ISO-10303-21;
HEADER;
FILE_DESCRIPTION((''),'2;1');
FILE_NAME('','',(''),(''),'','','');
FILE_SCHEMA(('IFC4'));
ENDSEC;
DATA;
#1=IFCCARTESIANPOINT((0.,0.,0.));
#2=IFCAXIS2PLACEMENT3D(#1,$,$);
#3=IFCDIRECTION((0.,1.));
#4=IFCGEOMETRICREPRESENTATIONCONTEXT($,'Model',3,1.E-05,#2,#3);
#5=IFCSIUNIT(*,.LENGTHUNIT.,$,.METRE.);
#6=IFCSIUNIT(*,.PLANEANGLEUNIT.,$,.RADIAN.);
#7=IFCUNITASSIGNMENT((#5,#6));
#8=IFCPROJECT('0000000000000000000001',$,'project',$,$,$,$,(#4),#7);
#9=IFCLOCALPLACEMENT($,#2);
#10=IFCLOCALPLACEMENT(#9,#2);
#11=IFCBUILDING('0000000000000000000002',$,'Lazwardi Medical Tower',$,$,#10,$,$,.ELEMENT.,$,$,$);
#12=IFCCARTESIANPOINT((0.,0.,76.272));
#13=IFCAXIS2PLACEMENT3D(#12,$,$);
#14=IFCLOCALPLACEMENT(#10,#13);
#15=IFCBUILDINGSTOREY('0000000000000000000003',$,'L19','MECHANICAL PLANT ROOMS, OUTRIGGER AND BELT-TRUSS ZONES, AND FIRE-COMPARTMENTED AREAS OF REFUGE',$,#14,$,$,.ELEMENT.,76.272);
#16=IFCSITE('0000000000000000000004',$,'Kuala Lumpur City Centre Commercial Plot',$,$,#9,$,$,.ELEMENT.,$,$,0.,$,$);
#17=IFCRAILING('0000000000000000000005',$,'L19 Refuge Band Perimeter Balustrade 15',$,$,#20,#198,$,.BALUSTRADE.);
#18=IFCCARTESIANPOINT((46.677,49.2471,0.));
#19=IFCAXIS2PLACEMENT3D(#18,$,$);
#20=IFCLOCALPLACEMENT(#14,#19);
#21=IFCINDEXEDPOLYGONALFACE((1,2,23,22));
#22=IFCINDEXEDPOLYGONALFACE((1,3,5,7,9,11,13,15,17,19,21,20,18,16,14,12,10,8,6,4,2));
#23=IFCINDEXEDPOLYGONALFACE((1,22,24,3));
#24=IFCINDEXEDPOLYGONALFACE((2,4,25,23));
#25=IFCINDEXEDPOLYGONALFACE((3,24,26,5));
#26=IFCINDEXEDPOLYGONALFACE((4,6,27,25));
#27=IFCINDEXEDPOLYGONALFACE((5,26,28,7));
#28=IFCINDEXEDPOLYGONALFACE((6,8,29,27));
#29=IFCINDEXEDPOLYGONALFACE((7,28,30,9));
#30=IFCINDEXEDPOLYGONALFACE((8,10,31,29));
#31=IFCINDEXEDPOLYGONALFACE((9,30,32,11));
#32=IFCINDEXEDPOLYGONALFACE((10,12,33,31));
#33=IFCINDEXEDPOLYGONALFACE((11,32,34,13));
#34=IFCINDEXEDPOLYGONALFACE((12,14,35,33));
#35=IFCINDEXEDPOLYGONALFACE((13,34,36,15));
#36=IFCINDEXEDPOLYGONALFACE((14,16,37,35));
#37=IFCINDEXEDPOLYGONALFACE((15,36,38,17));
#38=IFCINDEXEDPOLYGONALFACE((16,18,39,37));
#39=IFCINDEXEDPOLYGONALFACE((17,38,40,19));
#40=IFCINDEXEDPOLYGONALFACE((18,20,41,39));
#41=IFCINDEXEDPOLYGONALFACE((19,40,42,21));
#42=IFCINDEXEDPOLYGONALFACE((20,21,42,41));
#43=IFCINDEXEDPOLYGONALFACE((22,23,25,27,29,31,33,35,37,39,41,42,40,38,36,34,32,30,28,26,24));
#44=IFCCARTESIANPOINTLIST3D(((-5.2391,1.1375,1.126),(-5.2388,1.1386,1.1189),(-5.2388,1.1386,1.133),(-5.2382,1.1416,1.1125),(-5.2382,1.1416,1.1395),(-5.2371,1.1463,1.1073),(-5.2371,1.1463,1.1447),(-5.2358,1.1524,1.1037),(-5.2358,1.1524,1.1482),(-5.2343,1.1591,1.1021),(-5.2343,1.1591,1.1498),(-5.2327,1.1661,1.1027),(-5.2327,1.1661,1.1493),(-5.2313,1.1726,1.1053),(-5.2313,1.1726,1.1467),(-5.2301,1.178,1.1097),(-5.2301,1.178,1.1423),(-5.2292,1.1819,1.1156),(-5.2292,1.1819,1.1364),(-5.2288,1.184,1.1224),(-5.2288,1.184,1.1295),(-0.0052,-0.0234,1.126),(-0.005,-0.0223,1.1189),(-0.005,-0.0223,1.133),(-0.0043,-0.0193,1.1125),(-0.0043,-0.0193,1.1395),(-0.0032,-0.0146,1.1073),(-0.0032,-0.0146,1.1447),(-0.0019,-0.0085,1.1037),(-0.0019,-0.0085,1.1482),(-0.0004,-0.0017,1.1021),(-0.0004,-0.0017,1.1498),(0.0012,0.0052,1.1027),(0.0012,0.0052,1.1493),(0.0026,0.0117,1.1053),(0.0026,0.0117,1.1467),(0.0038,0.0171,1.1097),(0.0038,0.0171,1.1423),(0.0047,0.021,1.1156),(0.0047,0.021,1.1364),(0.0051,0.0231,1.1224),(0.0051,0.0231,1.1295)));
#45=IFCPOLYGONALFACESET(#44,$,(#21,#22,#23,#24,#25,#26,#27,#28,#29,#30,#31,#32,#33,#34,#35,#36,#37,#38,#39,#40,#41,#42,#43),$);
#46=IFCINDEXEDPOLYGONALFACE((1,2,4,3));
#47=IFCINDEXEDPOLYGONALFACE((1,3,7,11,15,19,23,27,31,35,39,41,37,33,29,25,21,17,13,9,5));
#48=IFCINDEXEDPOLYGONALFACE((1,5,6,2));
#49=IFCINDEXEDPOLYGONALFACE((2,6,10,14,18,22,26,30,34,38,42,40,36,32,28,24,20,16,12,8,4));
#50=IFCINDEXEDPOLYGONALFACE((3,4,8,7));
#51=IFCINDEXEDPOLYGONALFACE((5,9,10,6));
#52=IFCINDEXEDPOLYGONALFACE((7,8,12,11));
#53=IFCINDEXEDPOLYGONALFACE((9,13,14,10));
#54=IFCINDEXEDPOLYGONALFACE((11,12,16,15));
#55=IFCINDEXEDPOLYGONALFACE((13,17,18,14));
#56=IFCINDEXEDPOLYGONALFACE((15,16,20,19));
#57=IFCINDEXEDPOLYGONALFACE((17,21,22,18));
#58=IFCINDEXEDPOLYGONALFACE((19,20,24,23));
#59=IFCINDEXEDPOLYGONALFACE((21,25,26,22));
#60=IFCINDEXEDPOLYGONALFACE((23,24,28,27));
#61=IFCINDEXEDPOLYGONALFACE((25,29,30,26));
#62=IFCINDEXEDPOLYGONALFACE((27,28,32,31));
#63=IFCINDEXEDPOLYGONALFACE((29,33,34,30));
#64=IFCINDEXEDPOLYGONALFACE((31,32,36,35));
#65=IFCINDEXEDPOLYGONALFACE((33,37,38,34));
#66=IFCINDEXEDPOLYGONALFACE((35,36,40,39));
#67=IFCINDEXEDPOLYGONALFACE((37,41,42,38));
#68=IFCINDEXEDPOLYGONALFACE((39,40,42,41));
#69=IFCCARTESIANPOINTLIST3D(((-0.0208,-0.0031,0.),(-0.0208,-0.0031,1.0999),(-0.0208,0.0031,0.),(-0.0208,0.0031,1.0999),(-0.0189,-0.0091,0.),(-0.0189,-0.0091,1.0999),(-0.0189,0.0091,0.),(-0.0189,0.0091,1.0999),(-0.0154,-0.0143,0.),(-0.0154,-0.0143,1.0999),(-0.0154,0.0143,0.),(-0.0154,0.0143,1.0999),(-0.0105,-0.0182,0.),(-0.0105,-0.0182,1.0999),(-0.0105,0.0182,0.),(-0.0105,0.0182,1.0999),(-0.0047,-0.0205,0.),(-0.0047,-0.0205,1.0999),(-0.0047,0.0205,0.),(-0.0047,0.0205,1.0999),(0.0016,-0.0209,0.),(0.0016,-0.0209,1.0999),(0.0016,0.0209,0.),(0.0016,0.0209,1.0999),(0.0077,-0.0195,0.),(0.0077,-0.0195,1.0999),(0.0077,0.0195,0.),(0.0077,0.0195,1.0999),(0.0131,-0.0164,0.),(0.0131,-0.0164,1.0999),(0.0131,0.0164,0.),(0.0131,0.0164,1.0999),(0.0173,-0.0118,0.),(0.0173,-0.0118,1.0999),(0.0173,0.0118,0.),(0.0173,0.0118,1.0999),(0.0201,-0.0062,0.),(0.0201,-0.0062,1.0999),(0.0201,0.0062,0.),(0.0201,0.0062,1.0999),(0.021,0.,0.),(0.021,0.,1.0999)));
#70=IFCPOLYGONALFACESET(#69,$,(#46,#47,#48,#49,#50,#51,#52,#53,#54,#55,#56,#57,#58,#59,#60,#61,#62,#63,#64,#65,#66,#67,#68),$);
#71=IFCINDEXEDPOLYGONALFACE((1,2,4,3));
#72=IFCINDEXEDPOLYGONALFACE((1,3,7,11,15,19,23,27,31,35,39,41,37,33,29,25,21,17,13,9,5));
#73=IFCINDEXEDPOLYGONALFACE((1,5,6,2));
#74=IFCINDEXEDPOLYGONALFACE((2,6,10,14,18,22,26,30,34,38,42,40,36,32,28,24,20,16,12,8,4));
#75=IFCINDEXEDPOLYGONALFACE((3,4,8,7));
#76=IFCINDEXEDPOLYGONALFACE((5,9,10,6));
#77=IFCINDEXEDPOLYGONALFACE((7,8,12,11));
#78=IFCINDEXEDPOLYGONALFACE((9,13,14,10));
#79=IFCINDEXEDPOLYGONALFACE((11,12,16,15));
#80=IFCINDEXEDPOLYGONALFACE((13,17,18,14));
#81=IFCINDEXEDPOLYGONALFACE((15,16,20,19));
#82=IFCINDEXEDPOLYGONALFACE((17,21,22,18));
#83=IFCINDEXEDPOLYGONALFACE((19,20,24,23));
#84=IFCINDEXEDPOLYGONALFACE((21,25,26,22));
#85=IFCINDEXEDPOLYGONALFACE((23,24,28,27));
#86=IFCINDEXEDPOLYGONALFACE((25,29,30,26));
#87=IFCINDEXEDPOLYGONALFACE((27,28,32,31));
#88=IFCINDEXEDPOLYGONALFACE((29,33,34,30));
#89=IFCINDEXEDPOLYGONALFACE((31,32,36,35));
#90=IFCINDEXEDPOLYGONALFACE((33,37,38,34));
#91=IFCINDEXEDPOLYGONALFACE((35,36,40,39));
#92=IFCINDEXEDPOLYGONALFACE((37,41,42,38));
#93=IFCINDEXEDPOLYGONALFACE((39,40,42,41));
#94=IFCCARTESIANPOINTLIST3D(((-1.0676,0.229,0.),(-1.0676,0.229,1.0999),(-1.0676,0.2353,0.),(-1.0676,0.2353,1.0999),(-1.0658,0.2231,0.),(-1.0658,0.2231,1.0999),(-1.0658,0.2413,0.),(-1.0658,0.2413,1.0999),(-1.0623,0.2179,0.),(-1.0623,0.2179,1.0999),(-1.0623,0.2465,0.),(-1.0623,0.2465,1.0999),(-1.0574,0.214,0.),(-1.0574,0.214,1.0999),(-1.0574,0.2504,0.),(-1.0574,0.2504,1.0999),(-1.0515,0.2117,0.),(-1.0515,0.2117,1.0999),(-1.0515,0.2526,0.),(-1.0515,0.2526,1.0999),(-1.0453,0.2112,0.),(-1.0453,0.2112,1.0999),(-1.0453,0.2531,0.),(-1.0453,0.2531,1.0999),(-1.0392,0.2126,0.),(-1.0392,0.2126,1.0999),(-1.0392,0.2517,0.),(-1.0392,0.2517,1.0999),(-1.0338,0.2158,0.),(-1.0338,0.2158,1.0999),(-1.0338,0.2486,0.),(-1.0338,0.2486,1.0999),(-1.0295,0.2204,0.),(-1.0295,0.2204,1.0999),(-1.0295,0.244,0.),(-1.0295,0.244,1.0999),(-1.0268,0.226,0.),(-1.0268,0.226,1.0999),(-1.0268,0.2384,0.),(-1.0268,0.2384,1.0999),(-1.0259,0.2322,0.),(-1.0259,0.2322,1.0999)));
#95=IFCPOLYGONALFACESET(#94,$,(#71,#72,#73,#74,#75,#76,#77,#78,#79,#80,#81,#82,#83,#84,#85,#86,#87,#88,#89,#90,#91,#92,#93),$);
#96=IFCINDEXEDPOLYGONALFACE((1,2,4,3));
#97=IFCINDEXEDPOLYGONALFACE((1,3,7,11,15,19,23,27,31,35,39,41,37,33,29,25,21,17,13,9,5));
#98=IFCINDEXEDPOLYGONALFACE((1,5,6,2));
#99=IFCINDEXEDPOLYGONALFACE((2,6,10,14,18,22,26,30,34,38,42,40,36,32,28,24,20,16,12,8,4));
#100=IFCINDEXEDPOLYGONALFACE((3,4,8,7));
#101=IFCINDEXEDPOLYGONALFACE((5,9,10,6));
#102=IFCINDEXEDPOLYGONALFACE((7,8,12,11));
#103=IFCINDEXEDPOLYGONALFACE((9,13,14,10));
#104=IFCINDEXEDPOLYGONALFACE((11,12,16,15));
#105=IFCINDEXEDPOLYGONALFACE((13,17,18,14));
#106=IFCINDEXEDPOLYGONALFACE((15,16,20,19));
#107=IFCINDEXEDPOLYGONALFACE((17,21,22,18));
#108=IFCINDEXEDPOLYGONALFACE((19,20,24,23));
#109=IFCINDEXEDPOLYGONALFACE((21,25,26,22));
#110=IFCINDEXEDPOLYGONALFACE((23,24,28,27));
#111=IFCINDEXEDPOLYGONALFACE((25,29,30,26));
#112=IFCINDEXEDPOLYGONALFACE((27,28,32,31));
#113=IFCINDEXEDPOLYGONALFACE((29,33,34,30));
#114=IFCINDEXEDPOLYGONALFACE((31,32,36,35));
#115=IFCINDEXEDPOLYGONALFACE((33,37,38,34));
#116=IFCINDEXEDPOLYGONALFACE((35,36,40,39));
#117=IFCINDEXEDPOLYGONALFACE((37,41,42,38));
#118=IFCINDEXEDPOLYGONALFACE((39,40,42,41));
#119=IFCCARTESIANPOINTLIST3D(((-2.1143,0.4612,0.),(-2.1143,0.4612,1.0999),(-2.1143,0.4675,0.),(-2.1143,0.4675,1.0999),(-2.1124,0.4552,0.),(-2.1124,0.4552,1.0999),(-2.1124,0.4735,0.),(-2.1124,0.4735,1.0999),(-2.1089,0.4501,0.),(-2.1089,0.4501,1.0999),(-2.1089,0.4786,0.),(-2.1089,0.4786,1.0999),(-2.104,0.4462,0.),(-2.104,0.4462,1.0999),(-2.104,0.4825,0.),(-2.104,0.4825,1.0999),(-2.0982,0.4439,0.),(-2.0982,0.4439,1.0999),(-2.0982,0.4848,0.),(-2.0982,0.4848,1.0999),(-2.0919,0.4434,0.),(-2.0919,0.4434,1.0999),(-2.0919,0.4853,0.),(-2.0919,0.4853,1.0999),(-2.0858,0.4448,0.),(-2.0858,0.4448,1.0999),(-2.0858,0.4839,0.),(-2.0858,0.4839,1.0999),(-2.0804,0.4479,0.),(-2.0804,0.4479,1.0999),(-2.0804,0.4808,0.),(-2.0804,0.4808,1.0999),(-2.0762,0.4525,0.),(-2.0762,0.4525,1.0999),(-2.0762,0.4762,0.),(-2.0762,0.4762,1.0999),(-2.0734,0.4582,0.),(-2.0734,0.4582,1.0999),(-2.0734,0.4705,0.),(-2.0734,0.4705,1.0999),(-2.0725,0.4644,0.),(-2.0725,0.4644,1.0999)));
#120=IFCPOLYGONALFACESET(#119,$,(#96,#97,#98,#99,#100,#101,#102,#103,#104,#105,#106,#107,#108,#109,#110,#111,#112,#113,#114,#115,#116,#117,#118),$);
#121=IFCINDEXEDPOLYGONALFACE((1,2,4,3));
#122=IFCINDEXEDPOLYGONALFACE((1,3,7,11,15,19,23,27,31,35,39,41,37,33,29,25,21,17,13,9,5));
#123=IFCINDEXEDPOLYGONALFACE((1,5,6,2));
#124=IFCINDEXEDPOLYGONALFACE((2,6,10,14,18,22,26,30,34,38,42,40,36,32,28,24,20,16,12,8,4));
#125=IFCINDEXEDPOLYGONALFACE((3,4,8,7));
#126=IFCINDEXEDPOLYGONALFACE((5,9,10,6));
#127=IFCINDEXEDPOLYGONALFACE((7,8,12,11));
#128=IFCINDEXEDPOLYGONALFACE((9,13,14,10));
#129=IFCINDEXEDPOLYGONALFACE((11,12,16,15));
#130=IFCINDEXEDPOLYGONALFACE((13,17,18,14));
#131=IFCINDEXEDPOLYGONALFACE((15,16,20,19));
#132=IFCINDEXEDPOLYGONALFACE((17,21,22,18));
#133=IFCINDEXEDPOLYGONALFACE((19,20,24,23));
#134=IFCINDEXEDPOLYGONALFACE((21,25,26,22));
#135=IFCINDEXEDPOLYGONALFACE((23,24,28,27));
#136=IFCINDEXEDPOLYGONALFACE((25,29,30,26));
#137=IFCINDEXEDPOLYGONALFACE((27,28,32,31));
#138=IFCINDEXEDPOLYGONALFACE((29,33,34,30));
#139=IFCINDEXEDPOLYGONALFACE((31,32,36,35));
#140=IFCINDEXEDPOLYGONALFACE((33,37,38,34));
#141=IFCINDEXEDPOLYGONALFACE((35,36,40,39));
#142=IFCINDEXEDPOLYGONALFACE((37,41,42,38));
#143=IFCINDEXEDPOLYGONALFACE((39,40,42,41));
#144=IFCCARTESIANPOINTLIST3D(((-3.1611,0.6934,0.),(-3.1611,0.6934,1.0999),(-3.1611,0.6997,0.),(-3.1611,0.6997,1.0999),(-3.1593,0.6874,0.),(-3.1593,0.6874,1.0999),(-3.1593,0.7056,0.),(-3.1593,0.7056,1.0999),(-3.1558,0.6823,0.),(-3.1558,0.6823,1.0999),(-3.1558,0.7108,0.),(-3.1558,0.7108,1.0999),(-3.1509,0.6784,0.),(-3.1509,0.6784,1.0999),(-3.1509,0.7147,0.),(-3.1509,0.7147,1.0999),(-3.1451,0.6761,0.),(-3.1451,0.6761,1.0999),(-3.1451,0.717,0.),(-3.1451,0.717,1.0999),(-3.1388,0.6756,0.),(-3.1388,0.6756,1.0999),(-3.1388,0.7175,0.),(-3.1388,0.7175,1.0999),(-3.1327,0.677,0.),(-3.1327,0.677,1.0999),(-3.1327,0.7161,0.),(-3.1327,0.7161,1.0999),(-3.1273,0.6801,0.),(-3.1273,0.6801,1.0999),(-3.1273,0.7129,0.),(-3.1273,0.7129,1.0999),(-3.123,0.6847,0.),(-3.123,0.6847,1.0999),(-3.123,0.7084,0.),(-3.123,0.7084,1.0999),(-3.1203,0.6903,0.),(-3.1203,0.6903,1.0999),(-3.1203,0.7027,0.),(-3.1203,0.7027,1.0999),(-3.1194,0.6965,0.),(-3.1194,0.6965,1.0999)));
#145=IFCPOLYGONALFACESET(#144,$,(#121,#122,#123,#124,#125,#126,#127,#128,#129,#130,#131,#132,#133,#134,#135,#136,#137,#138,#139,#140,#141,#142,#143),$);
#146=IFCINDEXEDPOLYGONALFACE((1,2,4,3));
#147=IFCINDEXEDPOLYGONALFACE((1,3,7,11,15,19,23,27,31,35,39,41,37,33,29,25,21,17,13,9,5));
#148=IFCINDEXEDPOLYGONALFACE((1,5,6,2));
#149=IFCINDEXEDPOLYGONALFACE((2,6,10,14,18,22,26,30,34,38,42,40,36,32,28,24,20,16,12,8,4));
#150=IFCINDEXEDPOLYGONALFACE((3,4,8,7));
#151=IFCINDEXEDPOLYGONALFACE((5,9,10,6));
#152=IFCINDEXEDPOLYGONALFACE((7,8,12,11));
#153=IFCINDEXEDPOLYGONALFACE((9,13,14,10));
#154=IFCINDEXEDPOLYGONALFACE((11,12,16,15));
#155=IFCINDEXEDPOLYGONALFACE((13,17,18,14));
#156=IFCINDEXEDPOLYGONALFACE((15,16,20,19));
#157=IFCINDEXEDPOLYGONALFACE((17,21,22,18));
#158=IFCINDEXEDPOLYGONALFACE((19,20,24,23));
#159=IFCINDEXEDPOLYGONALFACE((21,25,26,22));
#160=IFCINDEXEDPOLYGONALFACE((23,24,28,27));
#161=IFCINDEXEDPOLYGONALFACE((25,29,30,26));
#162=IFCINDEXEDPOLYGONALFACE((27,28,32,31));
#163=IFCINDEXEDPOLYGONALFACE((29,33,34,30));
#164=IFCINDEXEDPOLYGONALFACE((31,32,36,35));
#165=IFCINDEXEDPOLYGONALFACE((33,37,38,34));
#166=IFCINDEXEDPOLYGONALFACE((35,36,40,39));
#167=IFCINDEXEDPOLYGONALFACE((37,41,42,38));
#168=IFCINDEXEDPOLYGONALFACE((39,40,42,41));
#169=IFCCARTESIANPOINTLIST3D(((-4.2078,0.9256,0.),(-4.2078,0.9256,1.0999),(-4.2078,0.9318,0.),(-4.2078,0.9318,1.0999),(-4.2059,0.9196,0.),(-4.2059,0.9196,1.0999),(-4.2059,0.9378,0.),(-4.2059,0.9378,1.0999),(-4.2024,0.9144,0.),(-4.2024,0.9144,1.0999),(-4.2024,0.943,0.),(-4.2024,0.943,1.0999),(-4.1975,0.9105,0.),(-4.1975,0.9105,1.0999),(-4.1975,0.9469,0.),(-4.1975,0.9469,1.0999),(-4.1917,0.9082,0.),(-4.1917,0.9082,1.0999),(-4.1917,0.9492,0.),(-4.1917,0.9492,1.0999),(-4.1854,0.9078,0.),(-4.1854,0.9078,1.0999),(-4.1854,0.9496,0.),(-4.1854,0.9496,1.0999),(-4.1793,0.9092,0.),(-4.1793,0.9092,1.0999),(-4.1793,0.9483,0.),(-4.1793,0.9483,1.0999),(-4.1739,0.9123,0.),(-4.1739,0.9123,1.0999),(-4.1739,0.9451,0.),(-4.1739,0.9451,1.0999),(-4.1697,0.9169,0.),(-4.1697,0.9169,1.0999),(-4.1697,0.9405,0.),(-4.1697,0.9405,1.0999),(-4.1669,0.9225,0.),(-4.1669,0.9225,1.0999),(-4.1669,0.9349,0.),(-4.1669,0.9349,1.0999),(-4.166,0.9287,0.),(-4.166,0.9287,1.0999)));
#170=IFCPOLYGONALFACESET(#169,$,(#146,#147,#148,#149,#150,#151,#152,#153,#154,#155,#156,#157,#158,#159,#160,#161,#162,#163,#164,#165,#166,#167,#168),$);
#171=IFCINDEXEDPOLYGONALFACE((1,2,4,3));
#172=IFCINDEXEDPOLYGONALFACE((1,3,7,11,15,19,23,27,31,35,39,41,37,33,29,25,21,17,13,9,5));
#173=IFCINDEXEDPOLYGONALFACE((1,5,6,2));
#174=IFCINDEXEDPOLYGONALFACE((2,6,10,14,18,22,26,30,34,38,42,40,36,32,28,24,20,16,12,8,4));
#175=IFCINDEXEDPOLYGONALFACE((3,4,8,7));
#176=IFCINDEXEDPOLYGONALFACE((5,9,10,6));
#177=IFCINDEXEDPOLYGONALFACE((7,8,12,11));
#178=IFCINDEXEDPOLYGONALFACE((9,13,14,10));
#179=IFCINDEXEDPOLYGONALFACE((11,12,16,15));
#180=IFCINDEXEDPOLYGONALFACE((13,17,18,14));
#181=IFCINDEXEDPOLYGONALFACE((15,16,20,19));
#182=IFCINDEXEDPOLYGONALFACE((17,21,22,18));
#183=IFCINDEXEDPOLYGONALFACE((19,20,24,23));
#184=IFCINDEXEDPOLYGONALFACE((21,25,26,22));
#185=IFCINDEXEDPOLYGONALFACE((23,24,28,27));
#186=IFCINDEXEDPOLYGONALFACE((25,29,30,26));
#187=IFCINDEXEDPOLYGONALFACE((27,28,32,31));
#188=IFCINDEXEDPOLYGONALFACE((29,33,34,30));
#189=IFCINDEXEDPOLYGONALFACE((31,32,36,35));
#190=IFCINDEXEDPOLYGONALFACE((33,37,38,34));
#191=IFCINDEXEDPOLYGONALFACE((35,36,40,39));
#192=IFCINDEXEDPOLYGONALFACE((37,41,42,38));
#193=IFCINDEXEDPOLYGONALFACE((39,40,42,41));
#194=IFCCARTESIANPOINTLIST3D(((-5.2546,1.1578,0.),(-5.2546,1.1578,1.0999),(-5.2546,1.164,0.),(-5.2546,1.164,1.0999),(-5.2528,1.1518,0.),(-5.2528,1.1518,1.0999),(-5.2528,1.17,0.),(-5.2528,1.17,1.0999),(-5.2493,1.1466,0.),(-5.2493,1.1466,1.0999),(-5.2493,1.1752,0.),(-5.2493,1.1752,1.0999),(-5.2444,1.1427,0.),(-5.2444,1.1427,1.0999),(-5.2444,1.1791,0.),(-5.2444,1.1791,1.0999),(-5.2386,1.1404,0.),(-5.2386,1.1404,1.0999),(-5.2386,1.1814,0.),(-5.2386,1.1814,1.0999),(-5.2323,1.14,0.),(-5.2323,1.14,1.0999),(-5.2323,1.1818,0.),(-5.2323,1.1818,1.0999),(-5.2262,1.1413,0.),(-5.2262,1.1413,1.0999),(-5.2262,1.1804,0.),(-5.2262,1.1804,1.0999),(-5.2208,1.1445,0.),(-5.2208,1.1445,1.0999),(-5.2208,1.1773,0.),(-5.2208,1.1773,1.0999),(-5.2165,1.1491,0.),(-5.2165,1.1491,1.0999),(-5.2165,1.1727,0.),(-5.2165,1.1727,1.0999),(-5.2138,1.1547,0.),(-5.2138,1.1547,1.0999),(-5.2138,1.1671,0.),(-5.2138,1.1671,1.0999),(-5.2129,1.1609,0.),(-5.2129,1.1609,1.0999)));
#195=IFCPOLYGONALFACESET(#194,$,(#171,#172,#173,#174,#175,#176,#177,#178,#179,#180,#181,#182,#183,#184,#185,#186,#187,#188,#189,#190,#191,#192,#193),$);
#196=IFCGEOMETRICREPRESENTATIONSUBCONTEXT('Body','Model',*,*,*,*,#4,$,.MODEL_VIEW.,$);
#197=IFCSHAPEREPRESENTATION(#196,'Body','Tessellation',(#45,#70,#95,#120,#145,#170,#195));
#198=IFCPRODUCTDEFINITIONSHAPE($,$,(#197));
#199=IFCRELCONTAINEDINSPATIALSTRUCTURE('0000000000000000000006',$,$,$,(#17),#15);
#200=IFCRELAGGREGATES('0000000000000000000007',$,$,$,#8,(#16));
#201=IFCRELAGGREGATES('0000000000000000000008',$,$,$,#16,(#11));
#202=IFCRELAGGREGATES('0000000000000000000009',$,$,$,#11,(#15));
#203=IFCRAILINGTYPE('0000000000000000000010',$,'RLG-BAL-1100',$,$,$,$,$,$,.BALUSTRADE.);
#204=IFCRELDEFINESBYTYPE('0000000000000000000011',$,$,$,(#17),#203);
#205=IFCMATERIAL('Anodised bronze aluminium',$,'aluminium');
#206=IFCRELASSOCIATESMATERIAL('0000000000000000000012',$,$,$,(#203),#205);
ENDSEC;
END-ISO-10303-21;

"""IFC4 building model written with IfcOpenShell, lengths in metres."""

from ifc_helpers import new_model, si_unit, direction, frame, origin, origin_2d, place, context, subcontext, project, spatial, circle, extrude, material, type_object, element, save


model = new_model("IFC4")

# Units and contexts
model_context = context("Model", 3, precision=1e-05, world=origin(), true_north=direction((0.0, 1.0)))
body_context = subcontext(model_context, "Body", "Model", "MODEL_VIEW")
ifc_project = project(units=[si_unit("LENGTHUNIT", "METRE"), si_unit("PLANEANGLEUNIT", "RADIAN")], contexts=[model_context])

# Site, building, storey
site_placement = place(None, origin())
site = spatial("IfcSite", under=ifc_project, at=site_placement, Name="Kuala Lumpur City Centre Commercial Plot", CompositionType="ELEMENT", RefElevation=0.0)
building_placement = place(site_placement, origin())
building = spatial("IfcBuilding", under=site, at=building_placement, Name="Lazwardi Medical Tower", CompositionType="ELEMENT")
storey_placement = place(building_placement, frame((0.0, 0.0, 76.272)))
storey = spatial("IfcBuildingStorey", under=building, at=storey_placement, Name="L19", Description="MECHANICAL PLANT ROOMS, OUTRIGGER AND BELT-TRUSS ZONES, AND FIRE-COMPARTMENTED AREAS OF REFUGE", CompositionType="ELEMENT", Elevation=76.272)

# Railing
ifc_material_1 = material(Name="Anodised bronze aluminium", Category="aluminium")
railing_type = type_object("IfcRailingType", Name="RLG-BAL-1100", PredefinedType="BALUSTRADE", material=ifc_material_1)
railing_1_placement = place(storey_placement, frame((46.677, 49.2471, 0.0)))
element("IfcRailing", 1, at=railing_1_placement, inside=storey, type_object=railing_type, Name="L19 Refuge Band Perimeter Balustrade 15", PredefinedType="BALUSTRADE", context=body_context, shape_type="SweptSolid", body=[
    extrude(circle(Radius=0.0239, at=origin_2d()), frame((0.0, 0.0, 1.126), z_axis=(-0.976274, 0.21654, 0.0), x_axis=(-0.21654, -0.976274, 0.0)), (0.0, 0.0, 1.0), 5.3611),
    extrude(circle(Radius=0.021, at=origin_2d()), origin(), (0.0, 0.0, 1.0), 1.0999),
    extrude(circle(Radius=0.021, at=origin_2d()), frame((-1.0469, 0.2322, 0.0)), (0.0, 0.0, 1.0), 1.0999),
    extrude(circle(Radius=0.021, at=origin_2d()), frame((-2.0935, 0.4644, 0.0)), (0.0, 0.0, 1.0), 1.0999),
    extrude(circle(Radius=0.021, at=origin_2d()), frame((-3.1404, 0.6965, 0.0)), (0.0, 0.0, 1.0), 1.0999),
    extrude(circle(Radius=0.021, at=origin_2d()), frame((-4.187, 0.9287, 0.0)), (0.0, 0.0, 1.0), 1.0999),
    extrude(circle(Radius=0.021, at=origin_2d()), frame((-5.2339, 1.1609, 0.0)), (0.0, 0.0, 1.0), 1.0999),
])

save(model, "model.ifc")
